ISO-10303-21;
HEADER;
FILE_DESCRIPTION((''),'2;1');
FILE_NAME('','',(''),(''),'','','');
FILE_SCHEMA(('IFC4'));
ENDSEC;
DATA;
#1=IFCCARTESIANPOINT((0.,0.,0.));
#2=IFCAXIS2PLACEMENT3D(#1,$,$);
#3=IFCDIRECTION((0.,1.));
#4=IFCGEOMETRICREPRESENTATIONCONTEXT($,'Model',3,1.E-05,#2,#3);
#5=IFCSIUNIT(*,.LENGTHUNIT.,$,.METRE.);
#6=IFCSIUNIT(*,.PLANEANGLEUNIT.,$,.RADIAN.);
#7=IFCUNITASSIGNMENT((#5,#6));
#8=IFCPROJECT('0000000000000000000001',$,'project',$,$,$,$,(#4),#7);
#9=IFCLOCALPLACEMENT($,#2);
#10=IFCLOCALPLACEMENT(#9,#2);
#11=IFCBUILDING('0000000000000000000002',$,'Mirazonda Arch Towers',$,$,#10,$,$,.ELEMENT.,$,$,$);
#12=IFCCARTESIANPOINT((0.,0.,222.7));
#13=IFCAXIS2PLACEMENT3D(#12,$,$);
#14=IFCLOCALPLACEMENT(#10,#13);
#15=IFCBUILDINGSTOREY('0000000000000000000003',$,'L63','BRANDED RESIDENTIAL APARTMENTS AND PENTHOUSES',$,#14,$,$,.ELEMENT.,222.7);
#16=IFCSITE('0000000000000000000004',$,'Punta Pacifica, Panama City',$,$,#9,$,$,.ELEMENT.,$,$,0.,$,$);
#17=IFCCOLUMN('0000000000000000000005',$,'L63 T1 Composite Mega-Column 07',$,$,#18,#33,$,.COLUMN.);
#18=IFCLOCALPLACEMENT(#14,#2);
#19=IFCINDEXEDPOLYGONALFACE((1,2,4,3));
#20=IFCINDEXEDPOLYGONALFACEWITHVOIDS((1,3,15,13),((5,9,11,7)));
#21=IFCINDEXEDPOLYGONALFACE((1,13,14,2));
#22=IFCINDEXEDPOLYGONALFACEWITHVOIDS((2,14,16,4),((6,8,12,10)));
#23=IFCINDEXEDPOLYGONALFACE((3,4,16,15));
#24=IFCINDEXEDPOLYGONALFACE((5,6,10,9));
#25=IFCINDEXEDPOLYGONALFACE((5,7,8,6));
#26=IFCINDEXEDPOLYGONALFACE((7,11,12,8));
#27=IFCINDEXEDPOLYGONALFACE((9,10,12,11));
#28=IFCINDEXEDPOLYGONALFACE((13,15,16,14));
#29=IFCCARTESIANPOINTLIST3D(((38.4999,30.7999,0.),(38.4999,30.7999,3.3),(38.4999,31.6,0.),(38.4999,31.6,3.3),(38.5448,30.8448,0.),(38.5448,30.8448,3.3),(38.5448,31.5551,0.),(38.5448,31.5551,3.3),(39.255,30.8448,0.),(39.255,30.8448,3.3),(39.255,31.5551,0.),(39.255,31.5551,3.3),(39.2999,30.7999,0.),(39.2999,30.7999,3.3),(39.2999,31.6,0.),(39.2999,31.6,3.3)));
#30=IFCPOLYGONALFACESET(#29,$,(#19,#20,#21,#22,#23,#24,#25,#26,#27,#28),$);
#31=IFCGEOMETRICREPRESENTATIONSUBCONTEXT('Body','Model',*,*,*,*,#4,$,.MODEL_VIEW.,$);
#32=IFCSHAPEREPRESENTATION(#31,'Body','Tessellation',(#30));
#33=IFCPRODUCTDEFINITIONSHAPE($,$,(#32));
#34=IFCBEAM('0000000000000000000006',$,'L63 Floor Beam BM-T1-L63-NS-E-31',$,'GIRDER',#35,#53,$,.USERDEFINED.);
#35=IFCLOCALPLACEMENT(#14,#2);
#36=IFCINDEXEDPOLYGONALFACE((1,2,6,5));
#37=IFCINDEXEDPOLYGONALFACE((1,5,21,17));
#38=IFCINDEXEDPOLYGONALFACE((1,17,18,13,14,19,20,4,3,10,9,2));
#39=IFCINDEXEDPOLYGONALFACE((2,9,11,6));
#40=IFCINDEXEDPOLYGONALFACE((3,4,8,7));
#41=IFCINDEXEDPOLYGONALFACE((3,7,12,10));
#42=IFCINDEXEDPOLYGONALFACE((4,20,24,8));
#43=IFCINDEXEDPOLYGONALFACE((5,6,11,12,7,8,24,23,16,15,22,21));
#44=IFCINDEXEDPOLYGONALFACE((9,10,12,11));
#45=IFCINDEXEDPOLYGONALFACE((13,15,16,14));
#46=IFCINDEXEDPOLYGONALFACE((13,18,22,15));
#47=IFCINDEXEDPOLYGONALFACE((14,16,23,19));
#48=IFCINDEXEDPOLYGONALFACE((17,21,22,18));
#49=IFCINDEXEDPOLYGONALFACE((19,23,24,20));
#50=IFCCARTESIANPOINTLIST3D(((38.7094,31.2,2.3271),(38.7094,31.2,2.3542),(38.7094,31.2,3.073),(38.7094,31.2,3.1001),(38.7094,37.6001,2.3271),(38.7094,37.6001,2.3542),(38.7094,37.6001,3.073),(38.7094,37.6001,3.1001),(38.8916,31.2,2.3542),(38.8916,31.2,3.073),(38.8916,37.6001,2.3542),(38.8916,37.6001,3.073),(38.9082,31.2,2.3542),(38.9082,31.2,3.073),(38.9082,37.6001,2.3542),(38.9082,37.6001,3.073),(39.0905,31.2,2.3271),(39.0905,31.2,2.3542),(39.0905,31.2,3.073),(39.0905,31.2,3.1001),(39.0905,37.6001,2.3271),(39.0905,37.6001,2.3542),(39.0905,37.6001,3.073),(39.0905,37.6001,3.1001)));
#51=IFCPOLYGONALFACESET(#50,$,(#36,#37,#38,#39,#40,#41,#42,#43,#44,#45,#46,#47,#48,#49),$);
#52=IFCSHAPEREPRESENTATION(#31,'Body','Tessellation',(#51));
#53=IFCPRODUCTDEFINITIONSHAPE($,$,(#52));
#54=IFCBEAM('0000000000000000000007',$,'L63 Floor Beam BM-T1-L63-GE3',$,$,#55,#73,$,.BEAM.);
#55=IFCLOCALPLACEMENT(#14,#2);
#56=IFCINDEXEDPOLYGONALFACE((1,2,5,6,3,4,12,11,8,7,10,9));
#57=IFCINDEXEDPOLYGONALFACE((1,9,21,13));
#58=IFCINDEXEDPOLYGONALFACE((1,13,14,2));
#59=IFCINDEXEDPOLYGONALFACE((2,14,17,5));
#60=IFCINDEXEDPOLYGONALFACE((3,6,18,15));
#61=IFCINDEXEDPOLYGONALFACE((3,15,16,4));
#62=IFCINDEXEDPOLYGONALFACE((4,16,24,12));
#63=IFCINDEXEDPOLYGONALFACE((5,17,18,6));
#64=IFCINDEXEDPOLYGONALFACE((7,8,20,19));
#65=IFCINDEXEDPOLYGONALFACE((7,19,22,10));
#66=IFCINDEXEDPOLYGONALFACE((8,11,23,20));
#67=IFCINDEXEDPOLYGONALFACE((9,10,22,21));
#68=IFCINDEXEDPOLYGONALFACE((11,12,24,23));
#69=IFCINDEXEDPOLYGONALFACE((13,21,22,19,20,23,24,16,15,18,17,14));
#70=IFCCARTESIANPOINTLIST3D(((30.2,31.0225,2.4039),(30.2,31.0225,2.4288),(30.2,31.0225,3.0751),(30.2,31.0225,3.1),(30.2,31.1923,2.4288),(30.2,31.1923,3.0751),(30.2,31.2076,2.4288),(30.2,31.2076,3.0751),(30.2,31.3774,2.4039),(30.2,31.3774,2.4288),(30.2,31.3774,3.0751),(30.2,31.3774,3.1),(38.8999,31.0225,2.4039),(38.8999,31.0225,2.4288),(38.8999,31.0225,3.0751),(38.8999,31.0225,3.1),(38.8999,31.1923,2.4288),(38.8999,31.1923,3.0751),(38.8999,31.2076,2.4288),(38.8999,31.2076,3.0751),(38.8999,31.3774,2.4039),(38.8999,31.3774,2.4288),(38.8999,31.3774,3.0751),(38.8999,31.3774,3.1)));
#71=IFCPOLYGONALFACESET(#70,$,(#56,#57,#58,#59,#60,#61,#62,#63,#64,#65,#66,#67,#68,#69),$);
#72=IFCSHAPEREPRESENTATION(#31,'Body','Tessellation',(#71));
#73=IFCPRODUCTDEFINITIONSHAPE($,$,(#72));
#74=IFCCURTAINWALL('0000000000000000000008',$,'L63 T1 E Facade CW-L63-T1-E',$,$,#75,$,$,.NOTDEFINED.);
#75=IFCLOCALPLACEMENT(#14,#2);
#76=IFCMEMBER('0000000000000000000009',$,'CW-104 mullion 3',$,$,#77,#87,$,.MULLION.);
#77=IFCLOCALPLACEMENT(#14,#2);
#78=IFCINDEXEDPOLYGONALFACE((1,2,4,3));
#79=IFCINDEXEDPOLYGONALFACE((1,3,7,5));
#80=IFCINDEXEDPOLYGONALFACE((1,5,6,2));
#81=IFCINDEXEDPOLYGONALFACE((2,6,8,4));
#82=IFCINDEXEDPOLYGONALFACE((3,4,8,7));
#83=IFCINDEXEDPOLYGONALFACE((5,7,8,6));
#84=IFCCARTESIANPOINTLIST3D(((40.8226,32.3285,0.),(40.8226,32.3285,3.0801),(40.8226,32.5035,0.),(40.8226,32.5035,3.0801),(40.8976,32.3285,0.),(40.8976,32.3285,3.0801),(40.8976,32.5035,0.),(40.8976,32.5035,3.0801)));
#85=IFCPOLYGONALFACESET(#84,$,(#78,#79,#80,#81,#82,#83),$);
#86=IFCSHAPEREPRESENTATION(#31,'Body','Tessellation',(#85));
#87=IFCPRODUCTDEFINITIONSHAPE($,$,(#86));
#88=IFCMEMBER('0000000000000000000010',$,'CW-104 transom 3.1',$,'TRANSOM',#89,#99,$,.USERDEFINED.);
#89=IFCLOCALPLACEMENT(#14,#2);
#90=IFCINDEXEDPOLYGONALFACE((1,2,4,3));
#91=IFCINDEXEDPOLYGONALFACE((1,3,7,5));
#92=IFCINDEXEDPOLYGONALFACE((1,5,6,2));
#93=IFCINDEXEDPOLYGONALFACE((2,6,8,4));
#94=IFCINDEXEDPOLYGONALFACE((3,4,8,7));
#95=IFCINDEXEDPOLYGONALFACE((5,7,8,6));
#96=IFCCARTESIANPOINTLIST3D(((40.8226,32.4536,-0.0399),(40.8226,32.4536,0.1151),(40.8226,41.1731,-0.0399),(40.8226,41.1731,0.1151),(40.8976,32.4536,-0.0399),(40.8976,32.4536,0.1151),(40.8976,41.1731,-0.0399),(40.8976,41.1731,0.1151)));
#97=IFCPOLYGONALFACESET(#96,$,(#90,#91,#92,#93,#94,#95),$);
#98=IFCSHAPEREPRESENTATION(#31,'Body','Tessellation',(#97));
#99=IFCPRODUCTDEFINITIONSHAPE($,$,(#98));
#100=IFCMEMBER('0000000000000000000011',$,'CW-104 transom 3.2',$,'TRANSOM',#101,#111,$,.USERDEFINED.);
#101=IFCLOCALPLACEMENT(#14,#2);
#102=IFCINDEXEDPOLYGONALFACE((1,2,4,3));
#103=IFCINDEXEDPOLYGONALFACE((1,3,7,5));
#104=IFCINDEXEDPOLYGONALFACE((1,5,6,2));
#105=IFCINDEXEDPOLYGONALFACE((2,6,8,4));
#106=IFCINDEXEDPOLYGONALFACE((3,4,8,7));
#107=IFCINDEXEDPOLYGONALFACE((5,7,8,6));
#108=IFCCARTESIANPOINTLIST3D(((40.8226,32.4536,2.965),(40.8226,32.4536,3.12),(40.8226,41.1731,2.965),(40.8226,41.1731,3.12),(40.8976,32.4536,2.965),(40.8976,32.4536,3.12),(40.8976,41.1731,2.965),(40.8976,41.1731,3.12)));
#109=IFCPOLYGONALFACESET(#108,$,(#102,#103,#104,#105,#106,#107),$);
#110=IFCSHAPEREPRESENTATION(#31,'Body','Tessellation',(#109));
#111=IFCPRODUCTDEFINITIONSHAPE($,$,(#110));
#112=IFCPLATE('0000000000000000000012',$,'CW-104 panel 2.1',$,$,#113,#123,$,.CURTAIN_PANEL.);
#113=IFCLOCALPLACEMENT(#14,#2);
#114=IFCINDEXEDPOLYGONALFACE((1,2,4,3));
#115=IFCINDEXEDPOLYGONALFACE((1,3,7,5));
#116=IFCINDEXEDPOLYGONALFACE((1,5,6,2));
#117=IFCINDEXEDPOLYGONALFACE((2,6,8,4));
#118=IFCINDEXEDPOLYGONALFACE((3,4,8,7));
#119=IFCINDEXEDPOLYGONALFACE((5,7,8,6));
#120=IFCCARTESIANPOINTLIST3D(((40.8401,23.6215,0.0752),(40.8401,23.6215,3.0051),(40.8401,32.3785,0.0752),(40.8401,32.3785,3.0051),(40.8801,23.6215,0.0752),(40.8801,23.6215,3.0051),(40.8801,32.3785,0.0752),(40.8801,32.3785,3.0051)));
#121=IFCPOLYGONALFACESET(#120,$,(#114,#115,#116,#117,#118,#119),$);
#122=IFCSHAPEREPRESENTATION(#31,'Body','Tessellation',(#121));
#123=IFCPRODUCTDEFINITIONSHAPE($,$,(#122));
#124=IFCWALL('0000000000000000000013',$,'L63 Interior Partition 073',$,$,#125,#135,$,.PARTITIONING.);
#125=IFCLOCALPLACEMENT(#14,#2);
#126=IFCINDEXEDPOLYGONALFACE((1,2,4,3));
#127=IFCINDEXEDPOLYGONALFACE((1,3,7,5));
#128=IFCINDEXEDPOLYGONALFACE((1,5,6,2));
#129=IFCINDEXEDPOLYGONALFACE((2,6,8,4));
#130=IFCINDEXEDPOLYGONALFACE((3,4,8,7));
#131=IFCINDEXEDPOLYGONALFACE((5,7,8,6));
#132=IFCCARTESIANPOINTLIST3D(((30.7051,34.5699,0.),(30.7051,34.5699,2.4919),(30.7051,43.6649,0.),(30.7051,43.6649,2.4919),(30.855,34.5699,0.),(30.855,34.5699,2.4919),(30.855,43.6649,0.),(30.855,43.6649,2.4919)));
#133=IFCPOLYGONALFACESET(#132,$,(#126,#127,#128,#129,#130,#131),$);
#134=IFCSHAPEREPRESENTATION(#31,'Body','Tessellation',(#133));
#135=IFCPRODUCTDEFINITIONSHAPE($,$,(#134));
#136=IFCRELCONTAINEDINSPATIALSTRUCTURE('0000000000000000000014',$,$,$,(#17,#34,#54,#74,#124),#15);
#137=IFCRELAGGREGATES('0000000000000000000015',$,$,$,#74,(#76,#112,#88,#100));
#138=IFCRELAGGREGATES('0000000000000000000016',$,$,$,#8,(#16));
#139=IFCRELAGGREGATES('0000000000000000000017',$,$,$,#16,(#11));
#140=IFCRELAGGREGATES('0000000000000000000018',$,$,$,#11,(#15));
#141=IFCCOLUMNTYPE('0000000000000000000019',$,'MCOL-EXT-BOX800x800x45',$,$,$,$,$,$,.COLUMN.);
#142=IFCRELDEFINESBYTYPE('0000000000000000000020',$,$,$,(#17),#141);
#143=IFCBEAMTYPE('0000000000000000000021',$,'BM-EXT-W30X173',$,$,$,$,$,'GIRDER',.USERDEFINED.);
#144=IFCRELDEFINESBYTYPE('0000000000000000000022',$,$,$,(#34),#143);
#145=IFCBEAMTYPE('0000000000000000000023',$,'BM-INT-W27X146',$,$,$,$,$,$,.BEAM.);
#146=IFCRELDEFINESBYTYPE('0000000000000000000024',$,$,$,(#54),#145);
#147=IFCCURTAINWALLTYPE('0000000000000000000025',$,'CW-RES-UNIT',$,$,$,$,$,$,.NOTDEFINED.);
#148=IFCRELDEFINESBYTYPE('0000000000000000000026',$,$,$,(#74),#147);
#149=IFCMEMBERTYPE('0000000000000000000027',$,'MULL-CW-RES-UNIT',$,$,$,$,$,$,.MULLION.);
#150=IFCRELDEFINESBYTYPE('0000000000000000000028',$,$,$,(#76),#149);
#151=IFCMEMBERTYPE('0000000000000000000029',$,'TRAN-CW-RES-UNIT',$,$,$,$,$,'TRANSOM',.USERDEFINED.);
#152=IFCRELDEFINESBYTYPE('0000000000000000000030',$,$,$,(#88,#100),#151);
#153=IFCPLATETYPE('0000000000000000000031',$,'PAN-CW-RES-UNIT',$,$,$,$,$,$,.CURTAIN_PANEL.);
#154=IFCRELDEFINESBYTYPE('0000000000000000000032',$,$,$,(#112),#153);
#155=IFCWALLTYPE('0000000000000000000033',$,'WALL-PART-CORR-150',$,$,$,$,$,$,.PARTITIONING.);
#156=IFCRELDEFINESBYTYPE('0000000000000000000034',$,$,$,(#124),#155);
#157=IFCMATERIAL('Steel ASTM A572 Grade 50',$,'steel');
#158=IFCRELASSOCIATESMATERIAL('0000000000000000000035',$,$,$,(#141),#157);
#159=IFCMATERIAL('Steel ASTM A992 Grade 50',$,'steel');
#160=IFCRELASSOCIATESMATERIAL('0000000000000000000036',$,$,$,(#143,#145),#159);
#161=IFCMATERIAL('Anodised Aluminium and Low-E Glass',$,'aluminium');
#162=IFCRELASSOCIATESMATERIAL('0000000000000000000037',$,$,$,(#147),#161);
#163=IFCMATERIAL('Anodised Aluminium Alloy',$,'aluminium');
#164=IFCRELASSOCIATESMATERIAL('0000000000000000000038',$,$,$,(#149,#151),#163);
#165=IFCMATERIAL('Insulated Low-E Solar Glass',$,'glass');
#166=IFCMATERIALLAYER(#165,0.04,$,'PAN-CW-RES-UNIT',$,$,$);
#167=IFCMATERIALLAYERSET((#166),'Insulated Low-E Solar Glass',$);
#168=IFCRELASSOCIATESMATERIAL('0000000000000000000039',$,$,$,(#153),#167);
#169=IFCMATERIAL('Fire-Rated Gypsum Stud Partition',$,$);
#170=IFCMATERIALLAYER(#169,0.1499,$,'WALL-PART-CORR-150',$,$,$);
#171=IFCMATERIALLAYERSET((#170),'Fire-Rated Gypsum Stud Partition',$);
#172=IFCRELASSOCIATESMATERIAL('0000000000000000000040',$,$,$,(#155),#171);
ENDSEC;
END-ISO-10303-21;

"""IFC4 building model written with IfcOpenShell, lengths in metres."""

from ifc_helpers import new_model, si_unit, direction, frame, frame_2d, origin, origin_2d, place, context, subcontext, project, spatial, rectangle, hollow_rectangle, i_section, extrude, material, layer, layer_set, material_profile, profile_set, type_object, element, aggregate, save


model = new_model("IFC4")

# Units and contexts
model_context = context("Model", 3, precision=1e-05, world=origin(), true_north=direction((0.0, 1.0)))
body_context = subcontext(model_context, "Body", "Model", "MODEL_VIEW")
ifc_project = project(units=[si_unit("LENGTHUNIT", "METRE"), si_unit("PLANEANGLEUNIT", "RADIAN")], contexts=[model_context])

# Site, building, storey
site_placement = place(None, origin())
site = spatial("IfcSite", under=ifc_project, at=site_placement, Name="Punta Pacifica, Panama City", CompositionType="ELEMENT", RefElevation=0.0)
building_placement = place(site_placement, origin())
building = spatial("IfcBuilding", under=site, at=building_placement, Name="Mirazonda Arch Towers", CompositionType="ELEMENT")
storey_placement = place(building_placement, frame((0.0, 0.0, 222.7)))
storey = spatial("IfcBuildingStorey", under=building, at=storey_placement, Name="L63", Description="BRANDED RESIDENTIAL APARTMENTS AND PENTHOUSES", CompositionType="ELEMENT", Elevation=222.7)

# Column
ifc_material_1 = material(Name="Steel ASTM A572 Grade 50", Category="steel")
ifc_material_profile_1 = material_profile(ifc_material_1, hollow_rectangle(XDim=0.8, YDim=0.8, WallThickness=0.0449, at=origin_2d()), Name="BOX800x800x45")
ifc_profile_set_1 = profile_set([ifc_material_profile_1], Name="Steel ASTM A572 Grade 50")
column_type = type_object("IfcColumnType", Name="MCOL-EXT-BOX800x800x45", PredefinedType="COLUMN", material=ifc_profile_set_1)
column_placement = place(storey_placement, frame((38.8999, 31.2, 0.0), z_axis=(0.0, 0.0, 1.0), x_axis=(1.0, 0.0, 0.0)))
element("IfcColumn", 1, at=column_placement, inside=storey, type_object=column_type, Name="L63 T1 Composite Mega-Column 07", PredefinedType="COLUMN", context=body_context, shape_type="SweptSolid", body=[
    extrude(hollow_rectangle(XDim=0.8, YDim=0.8, WallThickness=0.0449, at=origin_2d()), origin(), (0.0, 0.0, 1.0), 3.3),
])

# Beams
ifc_material_2 = material(Name="Steel ASTM A992 Grade 50", Category="steel")
ifc_material_profile_2 = material_profile(ifc_material_2, i_section(OverallWidth=0.3811, OverallDepth=0.7729, WebThickness=0.0166, FlangeThickness=0.0271, at=origin_2d()), Name="W30X173")
ifc_profile_set_2 = profile_set([ifc_material_profile_2], Name="Steel ASTM A992 Grade 50")
beam_type_1 = type_object("IfcBeamType", Name="BM-EXT-W30X173", ElementType="GIRDER", PredefinedType="USERDEFINED", material=ifc_profile_set_2)
beam_1_placement = place(storey_placement, frame((38.8999, 31.2, 2.7136), z_axis=(0.0, 1.0, 0.0), x_axis=(-1.0, 0.0, 0.0)))
element("IfcBeam", 2, at=beam_1_placement, inside=storey, type_object=beam_type_1, Name="L63 Floor Beam BM-T1-L63-NS-E-31", ObjectType="GIRDER", PredefinedType="USERDEFINED", context=body_context, shape_type="SweptSolid", body=[
    extrude(i_section(OverallWidth=0.3811, OverallDepth=0.7729, WebThickness=0.0166, FlangeThickness=0.0271, at=origin_2d()), origin(), (0.0, 0.0, 1.0), 6.4001),
])
ifc_material_profile_3 = material_profile(ifc_material_2, i_section(OverallWidth=0.355, OverallDepth=0.696, WebThickness=0.0154, FlangeThickness=0.0249, at=origin_2d()), Name="W27X146")
ifc_profile_set_3 = profile_set([ifc_material_profile_3], Name="Steel ASTM A992 Grade 50")
beam_type_2 = type_object("IfcBeamType", Name="BM-INT-W27X146", PredefinedType="BEAM", material=ifc_profile_set_3)
beam_2_placement = place(storey_placement, frame((30.2, 31.2, 2.752), z_axis=(1.0, 0.0, 0.0), x_axis=(0.0, 1.0, 0.0)))
element("IfcBeam", 3, at=beam_2_placement, inside=storey, type_object=beam_type_2, Name="L63 Floor Beam BM-T1-L63-GE3", PredefinedType="BEAM", context=body_context, shape_type="SweptSolid", body=[
    extrude(i_section(OverallWidth=0.355, OverallDepth=0.696, WebThickness=0.0154, FlangeThickness=0.0249, at=origin_2d()), origin(), (0.0, 0.0, 1.0), 8.7),
])

# Curtain wall, members, plate
ifc_material_3 = material(Name="Anodised Aluminium and Low-E Glass", Category="aluminium")
curtain_wall_type = type_object("IfcCurtainWallType", Name="CW-RES-UNIT", PredefinedType="NOTDEFINED", material=ifc_material_3)
curtain_wall_placement = place(storey_placement, origin())
curtain_wall = element("IfcCurtainWall", 4, at=curtain_wall_placement, inside=storey, type_object=curtain_wall_type, Name="L63 T1 E Facade CW-L63-T1-E", PredefinedType="NOTDEFINED")
ifc_material_4 = material(Name="Anodised Aluminium Alloy", Category="aluminium")
ifc_material_profile_4 = material_profile(ifc_material_4, rectangle(XDim=0.075, YDim=0.175, at=origin_2d()), Name="ALU-MULL-75x175")
ifc_profile_set_4 = profile_set([ifc_material_profile_4], Name="Anodised Aluminium Alloy")
member_type_1 = type_object("IfcMemberType", Name="MULL-CW-RES-UNIT", PredefinedType="MULLION", material=ifc_profile_set_4)
member_1_placement = place(storey_placement, frame((40.8601, 32.416, 0.0), z_axis=(0.0, 0.0, 1.0), x_axis=(-1.0, 0.0, 0.0)))
member_1 = element("IfcMember", 5, at=member_1_placement, type_object=member_type_1, Name="CW-104 mullion 3", PredefinedType="MULLION", context=body_context, shape_type="SweptSolid", body=[
    extrude(rectangle(XDim=0.075, YDim=0.175, at=origin_2d()), origin(), (0.0, 0.0, 1.0), 3.0801),
])
ifc_material_profile_5 = material_profile(ifc_material_4, rectangle(XDim=0.075, YDim=0.155, at=origin_2d()), Name="ALU-TRAN-75x155")
ifc_profile_set_5 = profile_set([ifc_material_profile_5], Name="Anodised Aluminium Alloy")
member_type_2 = type_object("IfcMemberType", Name="TRAN-CW-RES-UNIT", ElementType="TRANSOM", PredefinedType="USERDEFINED", material=ifc_profile_set_5)
member_2_placement = place(storey_placement, frame((40.8601, 32.4536, 0.0376), z_axis=(0.0, 1.0, 0.0), x_axis=(-1.0, 0.0, 0.0)))
member_2 = element("IfcMember", 6, at=member_2_placement, type_object=member_type_2, Name="CW-104 transom 3.1", ObjectType="TRANSOM", PredefinedType="USERDEFINED", context=body_context, shape_type="SweptSolid", body=[
    extrude(rectangle(XDim=0.075, YDim=0.155, at=origin_2d()), origin(), (0.0, 0.0, 1.0), 8.7195),
])
member_3_placement = place(storey_placement, frame((40.8601, 32.4536, 3.0425), z_axis=(0.0, 1.0, 0.0), x_axis=(-1.0, 0.0, 0.0)))
member_3 = element("IfcMember", 7, at=member_3_placement, type_object=member_type_2, Name="CW-104 transom 3.2", ObjectType="TRANSOM", PredefinedType="USERDEFINED", context=body_context, shape_type="SweptSolid", body=[
    extrude(rectangle(XDim=0.075, YDim=0.155, at=origin_2d()), origin(), (0.0, 0.0, 1.0), 8.7195),
])
ifc_material_5 = material(Name="Insulated Low-E Solar Glass", Category="glass")
ifc_layer_1 = layer(ifc_material_5, 0.04, Name="PAN-CW-RES-UNIT")
ifc_layer_set_1 = layer_set([ifc_layer_1], Name="Insulated Low-E Solar Glass")
plate_type = type_object("IfcPlateType", Name="PAN-CW-RES-UNIT", PredefinedType="CURTAIN_PANEL", material=ifc_layer_set_1)
plate_placement = place(storey_placement, frame((40.8601, 28.0, 0.0752), z_axis=(0.0, 0.0, 1.0), x_axis=(0.0, 1.0, 0.0)))
plate = element("IfcPlate", 8, at=plate_placement, type_object=plate_type, Name="CW-104 panel 2.1", PredefinedType="CURTAIN_PANEL", context=body_context, shape_type="SweptSolid", body=[
    extrude(rectangle(XDim=8.7571, YDim=0.04, at=origin_2d()), origin(), (0.0, 0.0, 1.0), 2.9299),
])
aggregate(curtain_wall, [member_1, plate, member_2, member_3])

# Wall
ifc_material_6 = material(Name="Fire-Rated Gypsum Stud Partition")
ifc_layer_2 = layer(ifc_material_6, 0.1499, Name="WALL-PART-CORR-150")
ifc_layer_set_2 = layer_set([ifc_layer_2], Name="Fire-Rated Gypsum Stud Partition")
wall_type_1 = type_object("IfcWallType", Name="WALL-PART-CORR-150", PredefinedType="PARTITIONING", material=ifc_layer_set_2)
wall_1_placement = place(storey_placement, frame((30.78, 34.5701, 0.0), z_axis=(0.0, 0.0, 1.0), x_axis=(0.0, 1.0, 0.0)))
element("IfcWall", 9, at=wall_1_placement, inside=storey, type_object=wall_type_1, Name="L63 Interior Partition 073", PredefinedType="PARTITIONING", context=body_context, shape_type="SweptSolid", body=[
    extrude(rectangle(XDim=9.095, YDim=0.1499, at=frame_2d((4.5474, 0.0))), origin(), (0.0, 0.0, 1.0), 2.4919),
])

save(model, "model.ifc")
